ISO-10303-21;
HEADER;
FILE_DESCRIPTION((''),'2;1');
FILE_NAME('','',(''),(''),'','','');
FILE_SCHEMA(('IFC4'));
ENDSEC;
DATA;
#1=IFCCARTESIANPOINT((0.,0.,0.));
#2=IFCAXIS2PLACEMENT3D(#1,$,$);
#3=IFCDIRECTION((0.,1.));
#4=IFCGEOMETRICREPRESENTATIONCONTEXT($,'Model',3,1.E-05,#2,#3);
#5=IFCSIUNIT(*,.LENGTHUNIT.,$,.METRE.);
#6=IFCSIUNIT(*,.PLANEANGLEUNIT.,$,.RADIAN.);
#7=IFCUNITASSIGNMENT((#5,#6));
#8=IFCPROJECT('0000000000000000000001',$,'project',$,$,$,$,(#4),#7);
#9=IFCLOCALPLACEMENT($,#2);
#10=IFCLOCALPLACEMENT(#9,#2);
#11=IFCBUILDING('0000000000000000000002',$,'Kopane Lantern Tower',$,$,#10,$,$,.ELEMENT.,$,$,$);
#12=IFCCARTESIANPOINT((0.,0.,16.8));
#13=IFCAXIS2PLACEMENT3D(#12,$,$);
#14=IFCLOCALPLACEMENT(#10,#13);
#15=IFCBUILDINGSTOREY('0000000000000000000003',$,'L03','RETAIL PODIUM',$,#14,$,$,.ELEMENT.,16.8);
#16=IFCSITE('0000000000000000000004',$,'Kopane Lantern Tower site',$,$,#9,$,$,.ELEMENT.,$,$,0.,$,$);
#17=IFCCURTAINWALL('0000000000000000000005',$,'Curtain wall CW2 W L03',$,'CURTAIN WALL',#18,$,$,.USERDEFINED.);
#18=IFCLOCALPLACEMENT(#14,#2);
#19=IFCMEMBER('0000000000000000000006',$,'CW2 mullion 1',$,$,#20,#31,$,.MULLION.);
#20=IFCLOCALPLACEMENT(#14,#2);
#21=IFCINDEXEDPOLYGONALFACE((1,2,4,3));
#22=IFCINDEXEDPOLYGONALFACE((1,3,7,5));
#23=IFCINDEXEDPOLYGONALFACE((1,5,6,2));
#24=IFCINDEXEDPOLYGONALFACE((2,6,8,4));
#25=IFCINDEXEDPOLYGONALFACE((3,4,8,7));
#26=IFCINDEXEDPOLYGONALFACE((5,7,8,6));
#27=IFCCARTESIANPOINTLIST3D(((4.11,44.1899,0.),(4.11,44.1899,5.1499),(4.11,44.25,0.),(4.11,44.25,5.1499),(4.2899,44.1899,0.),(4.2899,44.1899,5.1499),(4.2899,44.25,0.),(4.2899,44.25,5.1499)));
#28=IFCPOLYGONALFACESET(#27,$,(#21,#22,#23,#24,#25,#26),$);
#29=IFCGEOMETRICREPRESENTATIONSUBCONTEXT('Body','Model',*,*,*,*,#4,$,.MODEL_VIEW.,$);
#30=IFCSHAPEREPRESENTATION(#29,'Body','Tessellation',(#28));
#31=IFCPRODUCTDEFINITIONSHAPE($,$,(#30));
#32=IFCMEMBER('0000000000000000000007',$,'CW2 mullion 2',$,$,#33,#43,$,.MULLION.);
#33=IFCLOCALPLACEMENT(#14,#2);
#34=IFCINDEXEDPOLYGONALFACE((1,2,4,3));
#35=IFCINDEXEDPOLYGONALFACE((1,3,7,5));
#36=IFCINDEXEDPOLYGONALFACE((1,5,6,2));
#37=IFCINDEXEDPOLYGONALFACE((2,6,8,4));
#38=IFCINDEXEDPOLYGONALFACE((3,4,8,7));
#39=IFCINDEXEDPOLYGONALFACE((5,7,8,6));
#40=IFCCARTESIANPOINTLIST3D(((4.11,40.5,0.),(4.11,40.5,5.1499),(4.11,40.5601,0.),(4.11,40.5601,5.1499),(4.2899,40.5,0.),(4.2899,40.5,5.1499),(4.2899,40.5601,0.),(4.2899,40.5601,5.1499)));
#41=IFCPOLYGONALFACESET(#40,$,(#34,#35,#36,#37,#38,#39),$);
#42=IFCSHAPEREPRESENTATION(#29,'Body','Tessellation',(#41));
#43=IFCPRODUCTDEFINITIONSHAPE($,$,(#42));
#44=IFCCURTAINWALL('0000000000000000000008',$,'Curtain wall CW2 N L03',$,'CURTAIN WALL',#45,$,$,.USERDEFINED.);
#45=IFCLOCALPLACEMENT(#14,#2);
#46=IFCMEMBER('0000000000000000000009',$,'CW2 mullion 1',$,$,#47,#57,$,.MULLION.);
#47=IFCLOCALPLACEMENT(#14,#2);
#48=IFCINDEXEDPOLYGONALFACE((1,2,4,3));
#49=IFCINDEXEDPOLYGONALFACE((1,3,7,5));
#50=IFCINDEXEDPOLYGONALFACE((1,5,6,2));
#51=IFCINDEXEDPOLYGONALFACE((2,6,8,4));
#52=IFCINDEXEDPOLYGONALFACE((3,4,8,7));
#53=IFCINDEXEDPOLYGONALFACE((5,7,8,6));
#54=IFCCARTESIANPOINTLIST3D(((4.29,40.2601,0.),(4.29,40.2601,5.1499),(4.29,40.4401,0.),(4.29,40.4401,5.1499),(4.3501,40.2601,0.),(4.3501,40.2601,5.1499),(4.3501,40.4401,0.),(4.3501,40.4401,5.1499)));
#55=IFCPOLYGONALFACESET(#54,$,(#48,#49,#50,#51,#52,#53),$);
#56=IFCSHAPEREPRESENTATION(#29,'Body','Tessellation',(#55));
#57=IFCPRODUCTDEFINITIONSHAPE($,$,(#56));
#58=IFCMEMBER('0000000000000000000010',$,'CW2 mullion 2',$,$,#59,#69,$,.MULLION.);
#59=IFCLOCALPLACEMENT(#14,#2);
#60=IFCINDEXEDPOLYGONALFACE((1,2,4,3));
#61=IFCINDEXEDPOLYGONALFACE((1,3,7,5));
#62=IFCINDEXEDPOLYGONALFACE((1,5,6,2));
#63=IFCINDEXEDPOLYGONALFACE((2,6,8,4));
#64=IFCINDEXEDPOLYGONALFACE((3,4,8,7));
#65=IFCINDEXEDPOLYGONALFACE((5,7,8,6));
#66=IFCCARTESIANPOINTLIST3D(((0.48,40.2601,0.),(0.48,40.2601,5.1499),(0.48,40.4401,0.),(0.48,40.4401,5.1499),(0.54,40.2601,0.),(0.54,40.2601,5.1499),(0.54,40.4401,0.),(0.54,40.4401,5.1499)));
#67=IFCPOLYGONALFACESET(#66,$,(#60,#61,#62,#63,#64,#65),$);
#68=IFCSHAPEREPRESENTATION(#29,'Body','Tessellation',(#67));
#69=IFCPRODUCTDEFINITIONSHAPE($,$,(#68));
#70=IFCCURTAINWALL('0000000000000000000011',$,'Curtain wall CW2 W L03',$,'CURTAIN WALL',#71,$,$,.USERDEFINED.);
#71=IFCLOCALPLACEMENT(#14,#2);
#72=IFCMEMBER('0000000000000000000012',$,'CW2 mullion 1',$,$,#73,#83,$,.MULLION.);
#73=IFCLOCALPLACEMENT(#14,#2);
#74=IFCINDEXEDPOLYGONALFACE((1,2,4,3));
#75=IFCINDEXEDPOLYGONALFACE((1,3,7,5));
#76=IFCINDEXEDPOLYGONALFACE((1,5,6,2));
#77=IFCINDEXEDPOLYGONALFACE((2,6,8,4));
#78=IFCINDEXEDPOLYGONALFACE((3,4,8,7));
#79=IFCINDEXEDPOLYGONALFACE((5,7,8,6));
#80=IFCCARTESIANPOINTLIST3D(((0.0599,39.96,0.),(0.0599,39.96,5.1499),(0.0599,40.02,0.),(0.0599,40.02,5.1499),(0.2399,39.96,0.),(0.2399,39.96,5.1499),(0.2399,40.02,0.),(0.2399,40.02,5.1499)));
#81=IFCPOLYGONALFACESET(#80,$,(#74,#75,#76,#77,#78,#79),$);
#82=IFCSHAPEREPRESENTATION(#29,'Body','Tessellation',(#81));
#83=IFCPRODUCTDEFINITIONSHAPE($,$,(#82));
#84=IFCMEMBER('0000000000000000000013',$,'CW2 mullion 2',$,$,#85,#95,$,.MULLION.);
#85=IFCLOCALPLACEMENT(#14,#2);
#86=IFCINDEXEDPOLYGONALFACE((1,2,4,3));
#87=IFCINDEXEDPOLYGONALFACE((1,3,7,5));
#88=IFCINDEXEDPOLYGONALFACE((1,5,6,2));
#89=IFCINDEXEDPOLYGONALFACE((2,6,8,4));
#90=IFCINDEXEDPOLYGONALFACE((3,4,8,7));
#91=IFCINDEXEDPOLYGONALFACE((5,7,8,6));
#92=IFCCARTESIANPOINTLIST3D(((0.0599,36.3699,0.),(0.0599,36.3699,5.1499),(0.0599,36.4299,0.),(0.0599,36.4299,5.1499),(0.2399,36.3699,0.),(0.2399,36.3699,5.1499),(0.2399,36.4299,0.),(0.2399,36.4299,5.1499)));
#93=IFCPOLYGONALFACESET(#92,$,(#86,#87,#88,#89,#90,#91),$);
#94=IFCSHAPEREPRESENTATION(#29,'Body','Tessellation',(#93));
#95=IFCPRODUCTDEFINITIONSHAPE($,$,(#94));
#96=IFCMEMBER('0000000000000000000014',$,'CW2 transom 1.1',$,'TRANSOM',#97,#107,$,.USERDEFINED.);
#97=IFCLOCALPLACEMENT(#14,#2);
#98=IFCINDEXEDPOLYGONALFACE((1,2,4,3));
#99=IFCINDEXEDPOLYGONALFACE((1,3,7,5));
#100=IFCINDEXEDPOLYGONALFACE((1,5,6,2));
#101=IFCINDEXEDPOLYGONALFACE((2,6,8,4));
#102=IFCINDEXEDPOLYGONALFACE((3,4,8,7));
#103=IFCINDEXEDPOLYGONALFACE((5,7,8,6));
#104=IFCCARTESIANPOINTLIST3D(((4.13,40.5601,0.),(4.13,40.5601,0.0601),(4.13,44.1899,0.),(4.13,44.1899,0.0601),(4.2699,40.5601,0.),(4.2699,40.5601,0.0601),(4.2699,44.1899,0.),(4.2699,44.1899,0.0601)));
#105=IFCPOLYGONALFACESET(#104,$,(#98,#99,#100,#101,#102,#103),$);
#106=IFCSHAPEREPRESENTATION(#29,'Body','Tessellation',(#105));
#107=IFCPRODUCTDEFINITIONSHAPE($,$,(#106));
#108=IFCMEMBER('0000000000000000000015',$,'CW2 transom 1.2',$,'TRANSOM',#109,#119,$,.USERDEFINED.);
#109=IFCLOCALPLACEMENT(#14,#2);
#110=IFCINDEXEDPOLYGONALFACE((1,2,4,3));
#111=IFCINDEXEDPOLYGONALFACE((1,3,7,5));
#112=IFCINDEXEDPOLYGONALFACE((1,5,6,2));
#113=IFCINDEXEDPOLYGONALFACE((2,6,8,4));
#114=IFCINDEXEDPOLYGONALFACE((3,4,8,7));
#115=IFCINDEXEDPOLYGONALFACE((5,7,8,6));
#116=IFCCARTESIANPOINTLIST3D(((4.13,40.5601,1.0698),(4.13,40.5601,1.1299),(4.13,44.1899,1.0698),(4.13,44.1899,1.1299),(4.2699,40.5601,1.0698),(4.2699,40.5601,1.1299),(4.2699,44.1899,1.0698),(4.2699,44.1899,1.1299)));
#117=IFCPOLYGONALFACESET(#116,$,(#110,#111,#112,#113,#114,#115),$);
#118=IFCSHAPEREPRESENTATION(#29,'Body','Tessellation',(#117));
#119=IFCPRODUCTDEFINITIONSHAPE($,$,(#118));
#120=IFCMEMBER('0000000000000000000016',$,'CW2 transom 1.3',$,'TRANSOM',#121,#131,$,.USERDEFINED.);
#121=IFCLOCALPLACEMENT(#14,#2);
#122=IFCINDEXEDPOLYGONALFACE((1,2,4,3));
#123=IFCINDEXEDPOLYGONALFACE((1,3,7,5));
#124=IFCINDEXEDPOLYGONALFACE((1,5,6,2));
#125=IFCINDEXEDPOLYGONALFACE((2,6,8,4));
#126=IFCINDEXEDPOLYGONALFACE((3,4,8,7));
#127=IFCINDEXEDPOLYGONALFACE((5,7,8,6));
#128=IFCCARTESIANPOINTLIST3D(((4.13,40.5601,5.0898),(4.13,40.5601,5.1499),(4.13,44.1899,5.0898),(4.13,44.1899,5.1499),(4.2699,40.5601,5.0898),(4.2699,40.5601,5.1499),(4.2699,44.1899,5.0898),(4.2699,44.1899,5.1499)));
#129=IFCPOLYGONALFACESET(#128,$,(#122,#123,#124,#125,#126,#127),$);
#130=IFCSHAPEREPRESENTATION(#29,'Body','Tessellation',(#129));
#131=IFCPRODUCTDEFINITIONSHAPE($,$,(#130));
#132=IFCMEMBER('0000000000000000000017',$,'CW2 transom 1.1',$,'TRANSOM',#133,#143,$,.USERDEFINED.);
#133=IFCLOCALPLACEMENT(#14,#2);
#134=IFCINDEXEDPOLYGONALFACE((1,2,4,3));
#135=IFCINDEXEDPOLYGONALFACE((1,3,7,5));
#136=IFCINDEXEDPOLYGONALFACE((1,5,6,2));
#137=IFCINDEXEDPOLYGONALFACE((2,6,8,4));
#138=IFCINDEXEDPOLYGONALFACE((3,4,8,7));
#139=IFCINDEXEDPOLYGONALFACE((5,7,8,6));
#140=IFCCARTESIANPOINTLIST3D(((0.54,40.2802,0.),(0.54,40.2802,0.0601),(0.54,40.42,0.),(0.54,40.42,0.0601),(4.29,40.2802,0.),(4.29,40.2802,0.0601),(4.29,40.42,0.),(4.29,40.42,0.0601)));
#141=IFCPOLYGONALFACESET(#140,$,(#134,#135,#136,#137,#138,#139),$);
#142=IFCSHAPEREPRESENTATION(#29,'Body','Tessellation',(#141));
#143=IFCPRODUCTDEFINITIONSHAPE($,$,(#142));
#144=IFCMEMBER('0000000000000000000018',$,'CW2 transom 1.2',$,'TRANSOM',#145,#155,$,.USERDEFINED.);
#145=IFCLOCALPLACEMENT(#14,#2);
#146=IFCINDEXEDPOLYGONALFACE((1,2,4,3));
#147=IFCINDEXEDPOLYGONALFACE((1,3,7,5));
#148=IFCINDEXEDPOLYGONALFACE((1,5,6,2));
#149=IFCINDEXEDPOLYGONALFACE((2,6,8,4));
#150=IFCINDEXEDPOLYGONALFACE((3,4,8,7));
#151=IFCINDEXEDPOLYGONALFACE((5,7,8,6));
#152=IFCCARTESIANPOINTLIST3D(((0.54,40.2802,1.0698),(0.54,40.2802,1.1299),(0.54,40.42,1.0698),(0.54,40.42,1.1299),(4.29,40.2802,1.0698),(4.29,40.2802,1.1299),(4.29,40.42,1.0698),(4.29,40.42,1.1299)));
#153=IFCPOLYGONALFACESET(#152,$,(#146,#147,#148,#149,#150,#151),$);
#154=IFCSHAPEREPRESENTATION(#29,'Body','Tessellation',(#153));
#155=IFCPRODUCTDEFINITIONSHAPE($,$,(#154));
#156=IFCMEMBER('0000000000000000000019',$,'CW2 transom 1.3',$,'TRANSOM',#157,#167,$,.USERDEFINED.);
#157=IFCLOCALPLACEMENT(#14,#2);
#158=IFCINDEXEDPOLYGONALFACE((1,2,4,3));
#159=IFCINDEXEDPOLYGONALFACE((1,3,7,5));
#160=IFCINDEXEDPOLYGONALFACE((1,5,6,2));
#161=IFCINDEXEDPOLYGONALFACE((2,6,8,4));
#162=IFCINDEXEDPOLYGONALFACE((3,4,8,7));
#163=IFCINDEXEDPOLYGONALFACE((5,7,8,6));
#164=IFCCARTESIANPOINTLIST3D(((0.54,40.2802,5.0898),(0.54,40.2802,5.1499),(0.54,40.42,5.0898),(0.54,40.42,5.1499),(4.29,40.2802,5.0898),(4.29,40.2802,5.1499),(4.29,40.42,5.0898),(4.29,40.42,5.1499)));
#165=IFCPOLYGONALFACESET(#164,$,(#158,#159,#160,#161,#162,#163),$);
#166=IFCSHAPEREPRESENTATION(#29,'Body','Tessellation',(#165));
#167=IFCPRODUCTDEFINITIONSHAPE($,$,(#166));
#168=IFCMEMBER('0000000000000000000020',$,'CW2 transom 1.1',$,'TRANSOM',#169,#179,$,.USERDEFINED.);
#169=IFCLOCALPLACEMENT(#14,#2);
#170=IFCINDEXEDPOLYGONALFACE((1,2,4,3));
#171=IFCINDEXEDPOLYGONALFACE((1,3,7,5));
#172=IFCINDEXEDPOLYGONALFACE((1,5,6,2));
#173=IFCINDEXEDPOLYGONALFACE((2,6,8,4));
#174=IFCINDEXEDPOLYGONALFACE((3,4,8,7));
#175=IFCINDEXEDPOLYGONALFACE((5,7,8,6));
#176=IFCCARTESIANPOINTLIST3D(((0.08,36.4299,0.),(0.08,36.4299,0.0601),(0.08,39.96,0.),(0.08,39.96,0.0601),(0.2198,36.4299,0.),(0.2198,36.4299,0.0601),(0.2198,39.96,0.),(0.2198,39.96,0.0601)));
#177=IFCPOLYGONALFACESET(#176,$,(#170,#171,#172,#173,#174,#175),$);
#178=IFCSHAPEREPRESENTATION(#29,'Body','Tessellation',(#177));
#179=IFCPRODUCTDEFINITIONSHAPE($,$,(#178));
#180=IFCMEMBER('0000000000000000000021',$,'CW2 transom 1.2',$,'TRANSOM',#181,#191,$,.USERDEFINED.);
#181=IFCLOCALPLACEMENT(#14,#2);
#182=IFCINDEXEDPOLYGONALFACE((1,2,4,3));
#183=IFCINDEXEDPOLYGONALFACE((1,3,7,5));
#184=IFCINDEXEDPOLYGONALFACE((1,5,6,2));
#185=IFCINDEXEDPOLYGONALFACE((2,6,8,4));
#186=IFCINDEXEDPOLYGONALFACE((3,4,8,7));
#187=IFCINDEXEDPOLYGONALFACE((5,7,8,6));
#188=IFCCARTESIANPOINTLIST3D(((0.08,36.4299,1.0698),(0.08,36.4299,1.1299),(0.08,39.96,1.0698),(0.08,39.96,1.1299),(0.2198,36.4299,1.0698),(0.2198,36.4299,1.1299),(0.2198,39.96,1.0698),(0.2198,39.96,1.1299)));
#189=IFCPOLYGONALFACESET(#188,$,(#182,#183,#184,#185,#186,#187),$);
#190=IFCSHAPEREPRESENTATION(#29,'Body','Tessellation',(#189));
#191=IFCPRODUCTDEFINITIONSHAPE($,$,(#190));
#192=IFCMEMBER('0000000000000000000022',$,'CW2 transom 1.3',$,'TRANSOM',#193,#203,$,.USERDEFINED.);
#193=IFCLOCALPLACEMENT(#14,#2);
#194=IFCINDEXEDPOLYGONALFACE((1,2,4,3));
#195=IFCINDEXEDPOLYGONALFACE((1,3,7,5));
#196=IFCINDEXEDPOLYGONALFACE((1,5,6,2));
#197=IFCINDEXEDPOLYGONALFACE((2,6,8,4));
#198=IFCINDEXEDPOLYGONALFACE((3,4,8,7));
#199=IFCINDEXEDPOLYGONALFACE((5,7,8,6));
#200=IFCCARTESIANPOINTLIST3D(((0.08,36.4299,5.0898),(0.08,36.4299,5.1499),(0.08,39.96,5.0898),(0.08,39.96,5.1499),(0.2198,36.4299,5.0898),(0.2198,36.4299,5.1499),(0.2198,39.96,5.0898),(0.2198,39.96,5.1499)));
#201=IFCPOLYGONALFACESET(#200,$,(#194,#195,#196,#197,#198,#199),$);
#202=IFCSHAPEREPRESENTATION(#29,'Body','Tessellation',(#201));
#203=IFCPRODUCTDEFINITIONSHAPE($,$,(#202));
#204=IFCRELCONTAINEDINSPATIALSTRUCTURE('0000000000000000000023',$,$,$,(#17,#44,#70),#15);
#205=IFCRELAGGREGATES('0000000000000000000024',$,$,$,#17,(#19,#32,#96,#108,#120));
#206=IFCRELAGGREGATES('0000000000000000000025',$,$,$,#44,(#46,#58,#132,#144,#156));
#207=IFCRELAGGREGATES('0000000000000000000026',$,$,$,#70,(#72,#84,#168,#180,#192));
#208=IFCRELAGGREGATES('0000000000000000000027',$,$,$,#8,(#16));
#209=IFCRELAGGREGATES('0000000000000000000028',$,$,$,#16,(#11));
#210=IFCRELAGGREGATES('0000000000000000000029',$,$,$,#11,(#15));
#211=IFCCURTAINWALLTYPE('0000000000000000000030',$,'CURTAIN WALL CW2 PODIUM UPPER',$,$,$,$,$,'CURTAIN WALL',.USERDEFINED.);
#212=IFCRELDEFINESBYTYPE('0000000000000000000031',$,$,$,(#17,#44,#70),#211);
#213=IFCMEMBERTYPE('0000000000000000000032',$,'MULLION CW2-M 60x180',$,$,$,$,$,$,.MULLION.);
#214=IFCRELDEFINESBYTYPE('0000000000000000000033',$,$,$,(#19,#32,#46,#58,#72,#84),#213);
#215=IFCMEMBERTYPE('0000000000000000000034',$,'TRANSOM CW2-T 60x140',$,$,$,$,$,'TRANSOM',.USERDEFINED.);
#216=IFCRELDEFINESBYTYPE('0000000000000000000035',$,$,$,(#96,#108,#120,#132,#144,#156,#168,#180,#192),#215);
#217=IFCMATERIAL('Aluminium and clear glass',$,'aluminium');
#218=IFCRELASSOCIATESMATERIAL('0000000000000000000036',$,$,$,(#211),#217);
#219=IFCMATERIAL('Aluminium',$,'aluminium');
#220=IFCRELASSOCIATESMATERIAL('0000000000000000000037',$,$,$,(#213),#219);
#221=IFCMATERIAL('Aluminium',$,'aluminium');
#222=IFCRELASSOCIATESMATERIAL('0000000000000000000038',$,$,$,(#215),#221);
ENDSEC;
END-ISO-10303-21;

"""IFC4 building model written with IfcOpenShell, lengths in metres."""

from ifc_helpers import new_model, si_unit, direction, frame, origin, origin_2d, place, context, subcontext, project, spatial, rectangle, extrude, material, material_profile, profile_set, type_object, element, aggregate, save


model = new_model("IFC4")

# Units and contexts
model_context = context("Model", 3, precision=1e-05, world=origin(), true_north=direction((0.0, 1.0)))
body_context = subcontext(model_context, "Body", "Model", "MODEL_VIEW")
ifc_project = project(units=[si_unit("LENGTHUNIT", "METRE"), si_unit("PLANEANGLEUNIT", "RADIAN")], contexts=[model_context])

# Site, building, storey
site_placement = place(None, origin())
site = spatial("IfcSite", under=ifc_project, at=site_placement, Name="Kopane Lantern Tower site", CompositionType="ELEMENT", RefElevation=0.0)
building_placement = place(site_placement, origin())
building = spatial("IfcBuilding", under=site, at=building_placement, Name="Kopane Lantern Tower", CompositionType="ELEMENT")
storey_placement = place(building_placement, frame((0.0, 0.0, 16.8)))
storey = spatial("IfcBuildingStorey", under=building, at=storey_placement, Name="L03", Description="RETAIL PODIUM", CompositionType="ELEMENT", Elevation=16.8)

# Shared definitions
ifc_material_1 = material(Name="Aluminium and clear glass", Category="aluminium")
curtain_wall_type = type_object("IfcCurtainWallType", Name="CURTAIN WALL CW2 PODIUM UPPER", ElementType="CURTAIN WALL", PredefinedType="USERDEFINED", material=ifc_material_1)
ifc_material_2 = material(Name="Aluminium", Category="aluminium")
ifc_material_profile_1 = material_profile(ifc_material_2, rectangle(XDim=0.0601, YDim=0.1799, at=origin_2d()), Name="AL 60x180")
ifc_profile_set_1 = profile_set([ifc_material_profile_1], Name="Aluminium")
member_type_1 = type_object("IfcMemberType", Name="MULLION CW2-M 60x180", PredefinedType="MULLION", material=ifc_profile_set_1)

# Curtain walls, members
curtain_wall_1_placement = place(storey_placement, origin())
curtain_wall_1 = element("IfcCurtainWall", 1, at=curtain_wall_1_placement, inside=storey, type_object=curtain_wall_type, Name="Curtain wall CW2 W L03", ObjectType="CURTAIN WALL", PredefinedType="USERDEFINED")
member_1_placement = place(storey_placement, frame((4.2, 44.22, 0.0), z_axis=(0.0, 0.0, 1.0), x_axis=(0.0, -1.0, 0.0)))
member_1 = element("IfcMember", 2, at=member_1_placement, type_object=member_type_1, Name="CW2 mullion 1", PredefinedType="MULLION", context=body_context, shape_type="SweptSolid", body=[
    extrude(rectangle(XDim=0.0601, YDim=0.1799, at=origin_2d()), origin(), (0.0, 0.0, 1.0), 5.1499),
])
member_2_placement = place(storey_placement, frame((4.2, 40.53, 0.0), z_axis=(0.0, 0.0, 1.0), x_axis=(0.0, -1.0, 0.0)))
member_2 = element("IfcMember", 3, at=member_2_placement, type_object=member_type_1, Name="CW2 mullion 2", PredefinedType="MULLION", context=body_context, shape_type="SweptSolid", body=[
    extrude(rectangle(XDim=0.0601, YDim=0.1799, at=origin_2d()), origin(), (0.0, 0.0, 1.0), 5.1499),
])
curtain_wall_2_placement = place(storey_placement, origin())
curtain_wall_2 = element("IfcCurtainWall", 4, at=curtain_wall_2_placement, inside=storey, type_object=curtain_wall_type, Name="Curtain wall CW2 N L03", ObjectType="CURTAIN WALL", PredefinedType="USERDEFINED")
member_3_placement = place(storey_placement, frame((4.3201, 40.3501, 0.0), z_axis=(0.0, 0.0, 1.0), x_axis=(-1.0, 0.0, 0.0)))
member_3 = element("IfcMember", 5, at=member_3_placement, type_object=member_type_1, Name="CW2 mullion 1", PredefinedType="MULLION", context=body_context, shape_type="SweptSolid", body=[
    extrude(rectangle(XDim=0.0601, YDim=0.1799, at=origin_2d()), origin(), (0.0, 0.0, 1.0), 5.1499),
])
member_4_placement = place(storey_placement, frame((0.51, 40.3501, 0.0), z_axis=(0.0, 0.0, 1.0), x_axis=(-1.0, 0.0, 0.0)))
member_4 = element("IfcMember", 6, at=member_4_placement, type_object=member_type_1, Name="CW2 mullion 2", PredefinedType="MULLION", context=body_context, shape_type="SweptSolid", body=[
    extrude(rectangle(XDim=0.0601, YDim=0.1799, at=origin_2d()), origin(), (0.0, 0.0, 1.0), 5.1499),
])
curtain_wall_3_placement = place(storey_placement, origin())
curtain_wall_3 = element("IfcCurtainWall", 7, at=curtain_wall_3_placement, inside=storey, type_object=curtain_wall_type, Name="Curtain wall CW2 W L03", ObjectType="CURTAIN WALL", PredefinedType="USERDEFINED")
member_5_placement = place(storey_placement, frame((0.1499, 39.99, 0.0), z_axis=(0.0, 0.0, 1.0), x_axis=(0.0, -1.0, 0.0)))
member_5 = element("IfcMember", 8, at=member_5_placement, type_object=member_type_1, Name="CW2 mullion 1", PredefinedType="MULLION", context=body_context, shape_type="SweptSolid", body=[
    extrude(rectangle(XDim=0.0601, YDim=0.1799, at=origin_2d()), origin(), (0.0, 0.0, 1.0), 5.1499),
])
member_6_placement = place(storey_placement, frame((0.1499, 36.3999, 0.0), z_axis=(0.0, 0.0, 1.0), x_axis=(0.0, -1.0, 0.0)))
member_6 = element("IfcMember", 9, at=member_6_placement, type_object=member_type_1, Name="CW2 mullion 2", PredefinedType="MULLION", context=body_context, shape_type="SweptSolid", body=[
    extrude(rectangle(XDim=0.0601, YDim=0.1799, at=origin_2d()), origin(), (0.0, 0.0, 1.0), 5.1499),
])

# Members
ifc_material_3 = material(Name="Aluminium", Category="aluminium")
ifc_material_profile_2 = material_profile(ifc_material_3, rectangle(XDim=0.1399, YDim=0.0601, at=origin_2d()), Name="AL 140x60")
ifc_profile_set_2 = profile_set([ifc_material_profile_2], Name="Aluminium")
member_type_2 = type_object("IfcMemberType", Name="TRANSOM CW2-T 60x140", ElementType="TRANSOM", PredefinedType="USERDEFINED", material=ifc_profile_set_2)
member_7_placement = place(storey_placement, frame((4.2, 44.1899, 0.03), z_axis=(0.0, -1.0, 0.0), x_axis=(1.0, 0.0, 0.0)))
member_7 = element("IfcMember", 10, at=member_7_placement, type_object=member_type_2, Name="CW2 transom 1.1", ObjectType="TRANSOM", PredefinedType="USERDEFINED", context=body_context, shape_type="SweptSolid", body=[
    extrude(rectangle(XDim=0.1399, YDim=0.0601, at=origin_2d()), origin(), (0.0, 0.0, 1.0), 3.6299),
])
member_8_placement = place(storey_placement, frame((4.2, 44.1899, 1.0999), z_axis=(0.0, -1.0, 0.0), x_axis=(1.0, 0.0, 0.0)))
member_8 = element("IfcMember", 11, at=member_8_placement, type_object=member_type_2, Name="CW2 transom 1.2", ObjectType="TRANSOM", PredefinedType="USERDEFINED", context=body_context, shape_type="SweptSolid", body=[
    extrude(rectangle(XDim=0.1399, YDim=0.0601, at=origin_2d()), origin(), (0.0, 0.0, 1.0), 3.6299),
])
member_9_placement = place(storey_placement, frame((4.2, 44.1899, 5.1199), z_axis=(0.0, -1.0, 0.0), x_axis=(1.0, 0.0, 0.0)))
member_9 = element("IfcMember", 12, at=member_9_placement, type_object=member_type_2, Name="CW2 transom 1.3", ObjectType="TRANSOM", PredefinedType="USERDEFINED", context=body_context, shape_type="SweptSolid", body=[
    extrude(rectangle(XDim=0.1399, YDim=0.0601, at=origin_2d()), origin(), (0.0, 0.0, 1.0), 3.6299),
])
member_10_placement = place(storey_placement, frame((4.29, 40.3501, 0.03), z_axis=(-1.0, 0.0, 0.0), x_axis=(0.0, -1.0, 0.0)))
member_10 = element("IfcMember", 13, at=member_10_placement, type_object=member_type_2, Name="CW2 transom 1.1", ObjectType="TRANSOM", PredefinedType="USERDEFINED", context=body_context, shape_type="SweptSolid", body=[
    extrude(rectangle(XDim=0.1399, YDim=0.0601, at=origin_2d()), origin(), (0.0, 0.0, 1.0), 3.75),
])
member_11_placement = place(storey_placement, frame((4.29, 40.3501, 1.0999), z_axis=(-1.0, 0.0, 0.0), x_axis=(0.0, -1.0, 0.0)))
member_11 = element("IfcMember", 14, at=member_11_placement, type_object=member_type_2, Name="CW2 transom 1.2", ObjectType="TRANSOM", PredefinedType="USERDEFINED", context=body_context, shape_type="SweptSolid", body=[
    extrude(rectangle(XDim=0.1399, YDim=0.0601, at=origin_2d()), origin(), (0.0, 0.0, 1.0), 3.75),
])
member_12_placement = place(storey_placement, frame((4.29, 40.3501, 5.1199), z_axis=(-1.0, 0.0, 0.0), x_axis=(0.0, -1.0, 0.0)))
member_12 = element("IfcMember", 15, at=member_12_placement, type_object=member_type_2, Name="CW2 transom 1.3", ObjectType="TRANSOM", PredefinedType="USERDEFINED", context=body_context, shape_type="SweptSolid", body=[
    extrude(rectangle(XDim=0.1399, YDim=0.0601, at=origin_2d()), origin(), (0.0, 0.0, 1.0), 3.75),
])
member_13_placement = place(storey_placement, frame((0.1499, 39.96, 0.03), z_axis=(0.0, -1.0, 0.0), x_axis=(1.0, 0.0, 0.0)))
member_13 = element("IfcMember", 16, at=member_13_placement, type_object=member_type_2, Name="CW2 transom 1.1", ObjectType="TRANSOM", PredefinedType="USERDEFINED", context=body_context, shape_type="SweptSolid", body=[
    extrude(rectangle(XDim=0.1399, YDim=0.0601, at=origin_2d()), origin(), (0.0, 0.0, 1.0), 3.53),
])
member_14_placement = place(storey_placement, frame((0.1499, 39.96, 1.0999), z_axis=(0.0, -1.0, 0.0), x_axis=(1.0, 0.0, 0.0)))
member_14 = element("IfcMember", 17, at=member_14_placement, type_object=member_type_2, Name="CW2 transom 1.2", ObjectType="TRANSOM", PredefinedType="USERDEFINED", context=body_context, shape_type="SweptSolid", body=[
    extrude(rectangle(XDim=0.1399, YDim=0.0601, at=origin_2d()), origin(), (0.0, 0.0, 1.0), 3.53),
])
member_15_placement = place(storey_placement, frame((0.1499, 39.96, 5.1199), z_axis=(0.0, -1.0, 0.0), x_axis=(1.0, 0.0, 0.0)))
member_15 = element("IfcMember", 18, at=member_15_placement, type_object=member_type_2, Name="CW2 transom 1.3", ObjectType="TRANSOM", PredefinedType="USERDEFINED", context=body_context, shape_type="SweptSolid", body=[
    extrude(rectangle(XDim=0.1399, YDim=0.0601, at=origin_2d()), origin(), (0.0, 0.0, 1.0), 3.53),
])

aggregate(curtain_wall_1, [member_1, member_2, member_7, member_8, member_9])
aggregate(curtain_wall_2, [member_3, member_4, member_10, member_11, member_12])
aggregate(curtain_wall_3, [member_5, member_6, member_13, member_14, member_15])

save(model, "model.ifc")
